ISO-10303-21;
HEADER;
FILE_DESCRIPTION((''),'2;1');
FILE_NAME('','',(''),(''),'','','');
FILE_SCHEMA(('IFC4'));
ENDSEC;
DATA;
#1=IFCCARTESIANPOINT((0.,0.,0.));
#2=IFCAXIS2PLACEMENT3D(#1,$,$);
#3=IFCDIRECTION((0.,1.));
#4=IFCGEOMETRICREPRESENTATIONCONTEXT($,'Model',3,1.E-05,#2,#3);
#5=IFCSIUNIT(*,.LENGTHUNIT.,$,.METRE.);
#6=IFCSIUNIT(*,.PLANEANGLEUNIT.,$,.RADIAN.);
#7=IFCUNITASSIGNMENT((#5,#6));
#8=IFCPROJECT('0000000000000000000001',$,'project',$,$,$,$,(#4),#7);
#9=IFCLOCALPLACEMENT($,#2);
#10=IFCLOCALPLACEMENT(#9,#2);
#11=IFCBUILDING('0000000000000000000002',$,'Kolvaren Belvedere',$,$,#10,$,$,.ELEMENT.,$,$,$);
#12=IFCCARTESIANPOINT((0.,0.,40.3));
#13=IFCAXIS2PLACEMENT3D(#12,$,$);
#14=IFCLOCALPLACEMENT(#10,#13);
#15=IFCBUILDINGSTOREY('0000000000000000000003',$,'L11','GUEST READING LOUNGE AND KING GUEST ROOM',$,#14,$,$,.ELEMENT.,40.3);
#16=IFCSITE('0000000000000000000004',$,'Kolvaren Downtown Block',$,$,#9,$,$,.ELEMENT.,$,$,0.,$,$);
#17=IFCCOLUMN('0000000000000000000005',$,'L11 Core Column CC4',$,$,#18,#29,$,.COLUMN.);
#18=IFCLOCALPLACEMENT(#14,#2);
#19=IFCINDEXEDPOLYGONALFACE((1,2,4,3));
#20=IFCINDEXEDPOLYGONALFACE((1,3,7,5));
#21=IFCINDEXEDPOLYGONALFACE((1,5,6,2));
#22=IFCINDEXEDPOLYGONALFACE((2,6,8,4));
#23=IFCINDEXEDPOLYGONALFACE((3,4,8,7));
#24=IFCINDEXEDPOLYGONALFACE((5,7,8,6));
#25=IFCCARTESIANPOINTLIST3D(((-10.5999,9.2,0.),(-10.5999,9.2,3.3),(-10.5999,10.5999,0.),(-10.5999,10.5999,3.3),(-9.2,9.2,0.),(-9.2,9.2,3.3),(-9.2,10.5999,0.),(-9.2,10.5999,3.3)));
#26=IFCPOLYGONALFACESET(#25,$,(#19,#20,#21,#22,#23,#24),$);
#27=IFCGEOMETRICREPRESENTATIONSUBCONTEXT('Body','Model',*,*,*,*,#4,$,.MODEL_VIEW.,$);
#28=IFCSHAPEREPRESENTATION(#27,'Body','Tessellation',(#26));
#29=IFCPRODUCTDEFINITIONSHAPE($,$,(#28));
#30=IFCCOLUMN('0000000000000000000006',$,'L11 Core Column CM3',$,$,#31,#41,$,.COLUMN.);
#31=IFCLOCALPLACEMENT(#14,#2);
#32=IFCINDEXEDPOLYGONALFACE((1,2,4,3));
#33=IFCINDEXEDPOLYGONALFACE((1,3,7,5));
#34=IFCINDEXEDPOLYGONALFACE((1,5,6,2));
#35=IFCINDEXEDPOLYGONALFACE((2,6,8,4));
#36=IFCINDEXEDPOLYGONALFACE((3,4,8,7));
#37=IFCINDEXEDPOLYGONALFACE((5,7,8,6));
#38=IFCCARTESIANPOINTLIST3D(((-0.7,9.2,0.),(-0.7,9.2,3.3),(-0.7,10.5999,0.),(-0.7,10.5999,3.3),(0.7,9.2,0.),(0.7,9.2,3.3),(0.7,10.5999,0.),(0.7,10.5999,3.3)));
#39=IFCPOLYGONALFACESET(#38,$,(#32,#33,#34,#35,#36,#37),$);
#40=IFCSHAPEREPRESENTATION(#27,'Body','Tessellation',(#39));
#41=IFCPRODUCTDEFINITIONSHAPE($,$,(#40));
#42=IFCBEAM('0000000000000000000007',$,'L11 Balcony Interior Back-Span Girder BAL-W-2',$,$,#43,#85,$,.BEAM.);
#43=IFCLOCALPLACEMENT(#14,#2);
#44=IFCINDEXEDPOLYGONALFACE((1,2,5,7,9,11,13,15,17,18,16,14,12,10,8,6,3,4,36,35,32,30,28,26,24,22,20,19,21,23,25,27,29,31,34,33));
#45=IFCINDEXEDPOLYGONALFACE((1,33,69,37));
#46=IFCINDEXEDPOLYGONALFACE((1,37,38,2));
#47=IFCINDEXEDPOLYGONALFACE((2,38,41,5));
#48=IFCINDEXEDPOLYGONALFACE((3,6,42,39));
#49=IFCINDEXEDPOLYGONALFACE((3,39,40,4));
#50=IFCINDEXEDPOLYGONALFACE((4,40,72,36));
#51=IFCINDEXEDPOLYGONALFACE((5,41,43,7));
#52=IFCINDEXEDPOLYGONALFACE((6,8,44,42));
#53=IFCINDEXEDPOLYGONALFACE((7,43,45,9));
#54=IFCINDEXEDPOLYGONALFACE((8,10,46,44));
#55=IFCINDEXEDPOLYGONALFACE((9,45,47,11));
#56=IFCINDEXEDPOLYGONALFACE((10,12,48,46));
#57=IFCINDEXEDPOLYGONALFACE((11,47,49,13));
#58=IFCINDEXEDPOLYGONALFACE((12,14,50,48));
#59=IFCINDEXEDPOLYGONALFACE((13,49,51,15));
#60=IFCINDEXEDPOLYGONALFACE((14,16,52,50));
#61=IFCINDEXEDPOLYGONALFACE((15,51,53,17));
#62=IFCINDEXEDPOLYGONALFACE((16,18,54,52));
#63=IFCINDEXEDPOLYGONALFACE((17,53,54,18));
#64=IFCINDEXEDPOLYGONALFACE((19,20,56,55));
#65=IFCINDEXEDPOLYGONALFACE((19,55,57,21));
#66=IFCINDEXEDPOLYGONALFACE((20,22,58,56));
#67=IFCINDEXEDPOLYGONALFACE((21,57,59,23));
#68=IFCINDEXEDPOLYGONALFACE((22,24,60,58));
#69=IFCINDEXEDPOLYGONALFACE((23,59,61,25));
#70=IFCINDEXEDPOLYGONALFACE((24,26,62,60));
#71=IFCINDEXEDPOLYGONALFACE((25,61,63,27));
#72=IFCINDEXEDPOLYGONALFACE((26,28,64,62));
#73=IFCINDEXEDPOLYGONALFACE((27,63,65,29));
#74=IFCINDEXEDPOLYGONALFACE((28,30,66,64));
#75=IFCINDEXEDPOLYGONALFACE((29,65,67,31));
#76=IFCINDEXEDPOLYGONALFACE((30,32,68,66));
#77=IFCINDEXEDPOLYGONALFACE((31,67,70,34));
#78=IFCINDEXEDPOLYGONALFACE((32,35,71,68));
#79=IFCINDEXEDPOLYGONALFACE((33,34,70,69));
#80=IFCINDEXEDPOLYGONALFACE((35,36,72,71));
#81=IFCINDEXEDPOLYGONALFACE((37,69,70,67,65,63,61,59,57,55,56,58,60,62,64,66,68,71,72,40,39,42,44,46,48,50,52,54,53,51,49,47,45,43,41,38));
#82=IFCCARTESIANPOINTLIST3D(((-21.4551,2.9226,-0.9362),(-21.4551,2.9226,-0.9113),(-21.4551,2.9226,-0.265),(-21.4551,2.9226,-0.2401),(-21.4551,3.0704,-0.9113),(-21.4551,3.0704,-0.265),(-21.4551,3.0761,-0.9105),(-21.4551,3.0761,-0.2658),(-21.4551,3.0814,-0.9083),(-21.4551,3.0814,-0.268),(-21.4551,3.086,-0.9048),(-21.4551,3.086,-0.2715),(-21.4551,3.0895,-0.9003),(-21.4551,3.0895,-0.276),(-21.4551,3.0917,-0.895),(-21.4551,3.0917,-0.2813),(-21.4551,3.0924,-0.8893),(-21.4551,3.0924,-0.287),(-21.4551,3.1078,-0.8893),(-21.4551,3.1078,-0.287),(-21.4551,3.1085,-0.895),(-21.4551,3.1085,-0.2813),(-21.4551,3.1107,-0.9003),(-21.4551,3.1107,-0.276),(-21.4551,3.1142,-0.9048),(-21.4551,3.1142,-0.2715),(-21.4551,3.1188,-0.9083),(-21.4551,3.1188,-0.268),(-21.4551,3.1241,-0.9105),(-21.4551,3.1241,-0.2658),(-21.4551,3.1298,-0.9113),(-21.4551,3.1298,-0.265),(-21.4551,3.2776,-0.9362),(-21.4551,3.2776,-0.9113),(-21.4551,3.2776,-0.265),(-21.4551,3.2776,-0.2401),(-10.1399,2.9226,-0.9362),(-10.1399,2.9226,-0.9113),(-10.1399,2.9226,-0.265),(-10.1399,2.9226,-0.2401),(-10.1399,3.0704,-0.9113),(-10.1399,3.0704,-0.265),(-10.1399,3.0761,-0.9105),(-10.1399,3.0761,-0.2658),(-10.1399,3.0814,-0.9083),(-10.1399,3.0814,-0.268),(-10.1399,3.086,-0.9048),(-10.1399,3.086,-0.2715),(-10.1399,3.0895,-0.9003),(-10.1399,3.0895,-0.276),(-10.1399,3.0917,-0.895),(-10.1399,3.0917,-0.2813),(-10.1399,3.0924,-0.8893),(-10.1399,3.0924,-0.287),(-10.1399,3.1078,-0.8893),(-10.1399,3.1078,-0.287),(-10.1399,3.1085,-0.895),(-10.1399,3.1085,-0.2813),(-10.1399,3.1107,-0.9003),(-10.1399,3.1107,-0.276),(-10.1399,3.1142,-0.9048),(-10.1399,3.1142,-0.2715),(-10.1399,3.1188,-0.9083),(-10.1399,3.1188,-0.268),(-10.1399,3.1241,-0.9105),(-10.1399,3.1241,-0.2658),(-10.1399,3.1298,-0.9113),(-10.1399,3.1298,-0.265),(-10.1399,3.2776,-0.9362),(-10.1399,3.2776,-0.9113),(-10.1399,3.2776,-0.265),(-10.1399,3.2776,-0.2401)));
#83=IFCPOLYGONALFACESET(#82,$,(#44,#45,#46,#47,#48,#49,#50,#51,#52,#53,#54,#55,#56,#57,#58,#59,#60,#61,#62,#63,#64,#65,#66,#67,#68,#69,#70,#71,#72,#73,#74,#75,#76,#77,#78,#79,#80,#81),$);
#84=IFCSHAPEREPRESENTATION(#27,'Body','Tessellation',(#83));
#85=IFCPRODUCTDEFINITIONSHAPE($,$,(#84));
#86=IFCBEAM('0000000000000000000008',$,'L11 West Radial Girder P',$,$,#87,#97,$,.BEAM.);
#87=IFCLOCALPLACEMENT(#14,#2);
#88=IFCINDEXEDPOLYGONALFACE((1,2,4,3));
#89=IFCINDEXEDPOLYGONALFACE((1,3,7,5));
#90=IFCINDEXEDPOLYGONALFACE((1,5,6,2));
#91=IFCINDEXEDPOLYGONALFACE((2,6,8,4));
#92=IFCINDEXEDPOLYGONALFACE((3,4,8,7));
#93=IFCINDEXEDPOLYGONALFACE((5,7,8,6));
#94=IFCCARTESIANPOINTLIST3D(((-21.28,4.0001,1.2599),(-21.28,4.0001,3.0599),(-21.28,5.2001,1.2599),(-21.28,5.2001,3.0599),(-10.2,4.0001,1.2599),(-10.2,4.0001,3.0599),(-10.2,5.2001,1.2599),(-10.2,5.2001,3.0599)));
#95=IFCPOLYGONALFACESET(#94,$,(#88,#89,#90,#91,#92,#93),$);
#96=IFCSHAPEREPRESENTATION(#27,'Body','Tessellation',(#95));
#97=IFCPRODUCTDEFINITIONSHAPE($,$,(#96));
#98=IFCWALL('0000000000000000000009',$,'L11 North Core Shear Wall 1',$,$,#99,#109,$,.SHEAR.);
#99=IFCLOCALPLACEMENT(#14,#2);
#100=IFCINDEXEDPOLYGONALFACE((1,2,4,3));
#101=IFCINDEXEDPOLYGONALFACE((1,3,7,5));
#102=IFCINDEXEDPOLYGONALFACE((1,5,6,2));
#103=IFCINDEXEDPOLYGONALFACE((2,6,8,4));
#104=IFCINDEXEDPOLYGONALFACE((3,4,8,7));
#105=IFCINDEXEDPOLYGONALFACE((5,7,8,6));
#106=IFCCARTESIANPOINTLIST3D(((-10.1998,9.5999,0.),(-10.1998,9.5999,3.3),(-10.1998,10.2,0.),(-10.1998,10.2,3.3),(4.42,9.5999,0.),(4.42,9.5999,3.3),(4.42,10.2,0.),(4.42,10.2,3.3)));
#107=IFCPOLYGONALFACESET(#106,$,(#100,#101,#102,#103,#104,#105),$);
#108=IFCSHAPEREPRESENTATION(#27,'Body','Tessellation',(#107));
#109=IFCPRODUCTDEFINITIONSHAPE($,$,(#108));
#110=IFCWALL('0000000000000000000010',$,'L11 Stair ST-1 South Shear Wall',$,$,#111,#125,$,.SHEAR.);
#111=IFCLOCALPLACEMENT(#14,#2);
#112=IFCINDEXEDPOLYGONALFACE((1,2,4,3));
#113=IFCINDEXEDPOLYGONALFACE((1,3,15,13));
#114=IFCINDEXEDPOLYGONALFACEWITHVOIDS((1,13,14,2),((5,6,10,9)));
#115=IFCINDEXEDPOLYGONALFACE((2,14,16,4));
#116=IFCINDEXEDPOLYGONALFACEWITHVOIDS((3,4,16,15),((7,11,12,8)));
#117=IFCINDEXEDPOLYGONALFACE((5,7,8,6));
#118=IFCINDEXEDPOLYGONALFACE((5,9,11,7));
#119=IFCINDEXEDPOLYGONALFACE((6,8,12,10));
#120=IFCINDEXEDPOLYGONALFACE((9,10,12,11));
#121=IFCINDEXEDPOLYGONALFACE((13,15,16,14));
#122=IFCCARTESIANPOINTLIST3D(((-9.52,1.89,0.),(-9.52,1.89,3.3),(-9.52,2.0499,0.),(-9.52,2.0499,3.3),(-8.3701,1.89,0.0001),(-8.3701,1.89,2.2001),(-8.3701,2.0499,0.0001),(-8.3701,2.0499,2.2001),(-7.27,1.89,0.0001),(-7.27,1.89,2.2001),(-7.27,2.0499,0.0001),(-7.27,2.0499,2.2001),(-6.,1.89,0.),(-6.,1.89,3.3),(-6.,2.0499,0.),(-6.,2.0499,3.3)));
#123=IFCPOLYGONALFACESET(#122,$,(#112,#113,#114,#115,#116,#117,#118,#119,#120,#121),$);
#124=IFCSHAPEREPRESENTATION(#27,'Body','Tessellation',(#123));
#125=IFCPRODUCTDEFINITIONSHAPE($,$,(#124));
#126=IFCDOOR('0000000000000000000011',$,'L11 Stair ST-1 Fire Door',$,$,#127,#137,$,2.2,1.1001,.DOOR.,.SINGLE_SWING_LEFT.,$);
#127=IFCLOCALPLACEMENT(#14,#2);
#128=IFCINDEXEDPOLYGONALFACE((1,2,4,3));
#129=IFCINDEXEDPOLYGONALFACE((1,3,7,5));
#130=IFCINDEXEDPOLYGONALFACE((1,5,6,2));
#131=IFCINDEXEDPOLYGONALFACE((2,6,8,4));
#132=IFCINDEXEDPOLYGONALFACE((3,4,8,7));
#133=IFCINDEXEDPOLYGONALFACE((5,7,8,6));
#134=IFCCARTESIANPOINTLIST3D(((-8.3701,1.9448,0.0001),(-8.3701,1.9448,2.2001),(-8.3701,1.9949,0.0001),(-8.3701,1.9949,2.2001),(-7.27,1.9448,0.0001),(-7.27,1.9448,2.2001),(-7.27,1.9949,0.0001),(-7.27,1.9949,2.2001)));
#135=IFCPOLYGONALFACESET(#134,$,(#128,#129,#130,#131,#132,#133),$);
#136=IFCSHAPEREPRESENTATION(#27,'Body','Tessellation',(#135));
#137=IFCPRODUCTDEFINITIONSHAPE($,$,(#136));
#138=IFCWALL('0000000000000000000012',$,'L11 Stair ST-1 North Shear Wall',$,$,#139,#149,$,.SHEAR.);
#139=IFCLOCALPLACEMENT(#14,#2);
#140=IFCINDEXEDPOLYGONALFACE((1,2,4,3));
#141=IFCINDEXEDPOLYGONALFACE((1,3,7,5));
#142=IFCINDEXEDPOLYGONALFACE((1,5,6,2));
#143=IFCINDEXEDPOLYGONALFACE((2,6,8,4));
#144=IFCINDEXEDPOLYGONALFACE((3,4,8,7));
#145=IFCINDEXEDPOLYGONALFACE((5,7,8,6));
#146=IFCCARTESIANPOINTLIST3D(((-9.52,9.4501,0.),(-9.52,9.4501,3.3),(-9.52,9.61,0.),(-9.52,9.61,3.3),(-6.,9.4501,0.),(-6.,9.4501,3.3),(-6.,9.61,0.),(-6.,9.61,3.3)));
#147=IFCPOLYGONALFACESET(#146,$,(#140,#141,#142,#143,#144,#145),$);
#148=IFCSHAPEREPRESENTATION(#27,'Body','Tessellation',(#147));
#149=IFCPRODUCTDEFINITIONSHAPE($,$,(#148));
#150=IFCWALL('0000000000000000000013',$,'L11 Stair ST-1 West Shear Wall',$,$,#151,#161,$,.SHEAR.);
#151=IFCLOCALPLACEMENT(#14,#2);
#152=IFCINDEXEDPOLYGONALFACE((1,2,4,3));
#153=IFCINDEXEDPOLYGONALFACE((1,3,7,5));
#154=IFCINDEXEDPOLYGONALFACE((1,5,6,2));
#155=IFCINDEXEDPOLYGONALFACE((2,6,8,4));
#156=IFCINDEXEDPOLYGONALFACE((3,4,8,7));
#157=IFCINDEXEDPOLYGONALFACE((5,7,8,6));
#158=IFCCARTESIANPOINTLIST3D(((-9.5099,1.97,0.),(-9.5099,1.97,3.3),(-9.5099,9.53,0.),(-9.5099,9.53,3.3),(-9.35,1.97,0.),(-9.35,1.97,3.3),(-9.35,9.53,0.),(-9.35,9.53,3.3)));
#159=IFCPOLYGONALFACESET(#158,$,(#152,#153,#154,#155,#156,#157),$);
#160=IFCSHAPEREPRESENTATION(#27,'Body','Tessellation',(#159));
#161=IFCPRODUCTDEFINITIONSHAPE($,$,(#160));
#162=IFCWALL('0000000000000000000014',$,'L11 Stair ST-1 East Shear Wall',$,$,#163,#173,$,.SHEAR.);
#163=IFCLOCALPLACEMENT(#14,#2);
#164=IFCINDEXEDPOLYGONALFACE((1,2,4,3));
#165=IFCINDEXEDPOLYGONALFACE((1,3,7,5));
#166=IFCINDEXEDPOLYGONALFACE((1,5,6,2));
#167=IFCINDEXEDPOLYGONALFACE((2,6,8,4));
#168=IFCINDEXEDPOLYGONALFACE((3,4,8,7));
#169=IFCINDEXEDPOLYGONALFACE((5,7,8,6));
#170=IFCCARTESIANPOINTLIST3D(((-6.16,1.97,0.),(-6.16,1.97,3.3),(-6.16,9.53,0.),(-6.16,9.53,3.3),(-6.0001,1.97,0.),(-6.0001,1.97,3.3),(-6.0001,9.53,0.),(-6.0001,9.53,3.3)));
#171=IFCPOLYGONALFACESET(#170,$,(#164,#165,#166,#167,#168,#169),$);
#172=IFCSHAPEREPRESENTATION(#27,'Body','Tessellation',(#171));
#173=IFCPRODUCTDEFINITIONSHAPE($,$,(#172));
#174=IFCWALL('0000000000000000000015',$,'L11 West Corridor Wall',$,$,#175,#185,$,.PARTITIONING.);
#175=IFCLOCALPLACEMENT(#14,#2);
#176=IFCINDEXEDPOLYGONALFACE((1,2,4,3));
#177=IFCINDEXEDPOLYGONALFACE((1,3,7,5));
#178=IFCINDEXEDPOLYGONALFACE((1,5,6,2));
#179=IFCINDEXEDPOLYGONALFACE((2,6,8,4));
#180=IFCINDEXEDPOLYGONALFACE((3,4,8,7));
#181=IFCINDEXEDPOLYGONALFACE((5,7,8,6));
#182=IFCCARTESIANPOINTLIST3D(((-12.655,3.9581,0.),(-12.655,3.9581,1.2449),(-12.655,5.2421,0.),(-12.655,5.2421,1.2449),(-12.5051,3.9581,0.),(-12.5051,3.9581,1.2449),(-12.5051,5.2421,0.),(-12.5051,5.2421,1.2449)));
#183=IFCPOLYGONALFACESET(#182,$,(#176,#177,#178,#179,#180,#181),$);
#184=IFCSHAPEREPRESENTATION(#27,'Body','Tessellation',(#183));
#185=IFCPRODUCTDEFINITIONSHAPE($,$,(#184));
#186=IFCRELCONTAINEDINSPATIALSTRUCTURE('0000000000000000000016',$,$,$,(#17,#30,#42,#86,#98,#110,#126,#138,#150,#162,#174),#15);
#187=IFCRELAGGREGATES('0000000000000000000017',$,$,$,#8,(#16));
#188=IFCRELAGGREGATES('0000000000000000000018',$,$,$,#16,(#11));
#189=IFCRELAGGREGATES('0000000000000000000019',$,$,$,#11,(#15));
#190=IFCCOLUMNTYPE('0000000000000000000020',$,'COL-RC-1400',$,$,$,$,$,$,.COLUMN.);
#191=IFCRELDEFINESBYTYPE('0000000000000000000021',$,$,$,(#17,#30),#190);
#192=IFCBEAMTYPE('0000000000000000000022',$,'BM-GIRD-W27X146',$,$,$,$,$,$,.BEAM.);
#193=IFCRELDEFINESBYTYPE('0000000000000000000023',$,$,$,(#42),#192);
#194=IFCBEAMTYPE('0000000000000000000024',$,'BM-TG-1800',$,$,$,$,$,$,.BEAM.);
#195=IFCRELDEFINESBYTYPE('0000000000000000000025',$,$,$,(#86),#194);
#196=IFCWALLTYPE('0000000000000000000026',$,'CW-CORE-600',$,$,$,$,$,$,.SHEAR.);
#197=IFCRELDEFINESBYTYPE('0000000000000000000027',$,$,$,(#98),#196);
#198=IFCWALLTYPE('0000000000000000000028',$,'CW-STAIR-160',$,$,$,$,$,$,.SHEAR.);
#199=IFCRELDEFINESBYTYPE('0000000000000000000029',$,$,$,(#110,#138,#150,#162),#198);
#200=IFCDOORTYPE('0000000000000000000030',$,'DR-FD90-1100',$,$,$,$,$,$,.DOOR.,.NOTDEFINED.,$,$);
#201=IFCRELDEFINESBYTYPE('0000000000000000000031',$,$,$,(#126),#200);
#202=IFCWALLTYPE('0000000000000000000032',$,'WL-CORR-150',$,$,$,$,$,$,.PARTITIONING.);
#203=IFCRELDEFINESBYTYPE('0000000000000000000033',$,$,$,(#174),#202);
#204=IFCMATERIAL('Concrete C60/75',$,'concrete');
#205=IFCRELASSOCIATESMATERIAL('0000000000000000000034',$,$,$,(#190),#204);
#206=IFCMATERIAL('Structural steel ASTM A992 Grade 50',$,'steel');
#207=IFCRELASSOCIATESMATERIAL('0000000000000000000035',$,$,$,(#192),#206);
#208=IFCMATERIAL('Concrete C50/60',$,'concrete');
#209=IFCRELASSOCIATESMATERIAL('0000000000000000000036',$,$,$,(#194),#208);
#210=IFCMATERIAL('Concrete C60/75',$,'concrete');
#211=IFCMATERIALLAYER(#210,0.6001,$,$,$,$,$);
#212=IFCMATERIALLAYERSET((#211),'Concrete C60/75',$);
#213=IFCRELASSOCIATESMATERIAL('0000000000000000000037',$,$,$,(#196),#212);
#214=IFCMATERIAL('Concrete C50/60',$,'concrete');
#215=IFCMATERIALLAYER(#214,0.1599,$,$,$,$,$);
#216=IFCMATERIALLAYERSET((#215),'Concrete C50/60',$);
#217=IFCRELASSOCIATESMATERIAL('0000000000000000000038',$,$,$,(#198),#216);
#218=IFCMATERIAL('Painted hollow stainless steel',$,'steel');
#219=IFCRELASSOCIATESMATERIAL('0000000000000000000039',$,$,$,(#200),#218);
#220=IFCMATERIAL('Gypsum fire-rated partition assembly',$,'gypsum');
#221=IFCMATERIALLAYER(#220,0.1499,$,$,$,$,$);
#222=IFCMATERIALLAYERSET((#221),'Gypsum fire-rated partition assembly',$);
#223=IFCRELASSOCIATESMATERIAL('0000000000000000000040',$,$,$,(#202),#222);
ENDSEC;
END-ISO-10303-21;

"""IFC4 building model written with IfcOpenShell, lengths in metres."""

from ifc_helpers import new_model, si_unit, direction, frame, frame_2d, origin, origin_2d, place, context, subcontext, project, spatial, rectangle, i_section, extrude, material, layer, layer_set, material_profile, profile_set, type_object, element, fill, save


model = new_model("IFC4")

# Units and contexts
model_context = context("Model", 3, precision=1e-05, world=origin(), true_north=direction((0.0, 1.0)))
body_context = subcontext(model_context, "Body", "Model", "MODEL_VIEW")
ifc_project = project(units=[si_unit("LENGTHUNIT", "METRE"), si_unit("PLANEANGLEUNIT", "RADIAN")], contexts=[model_context])

# Site, building, storey
site_placement = place(None, origin())
site = spatial("IfcSite", under=ifc_project, at=site_placement, Name="Kolvaren Downtown Block", CompositionType="ELEMENT", RefElevation=0.0)
building_placement = place(site_placement, origin())
building = spatial("IfcBuilding", under=site, at=building_placement, Name="Kolvaren Belvedere", CompositionType="ELEMENT")
storey_placement = place(building_placement, frame((0.0, 0.0, 40.3)))
storey = spatial("IfcBuildingStorey", under=building, at=storey_placement, Name="L11", Description="GUEST READING LOUNGE AND KING GUEST ROOM", CompositionType="ELEMENT", Elevation=40.3)

# Columns
ifc_material_1 = material(Name="Concrete C60/75", Category="concrete")
ifc_material_profile_1 = material_profile(ifc_material_1, rectangle(XDim=1.3999, YDim=1.3999, at=origin_2d()), Name="RC 1400X1400")
ifc_profile_set_1 = profile_set([ifc_material_profile_1], Name="Concrete C60/75")
column_type = type_object("IfcColumnType", Name="COL-RC-1400", PredefinedType="COLUMN", material=ifc_profile_set_1)
for number, where, z_axis, x_axis, name in (
    (1, (-9.8999, 9.8999, 0.0), (0.0, 0.0, 1.0), (1.0, 0.0, 0.0), "L11 Core Column CC4"),
    (2, (0.0, 9.8999, 0.0), (0.0, 0.0, 1.0), (1.0, 0.0, 0.0), "L11 Core Column CM3"),
):
    element("IfcColumn", number, at=place(storey_placement, frame(where, z_axis=z_axis, x_axis=x_axis)), inside=storey, type_object=column_type, Name=name, PredefinedType="COLUMN", context=body_context, shape_type="SweptSolid", body=[
        extrude(rectangle(XDim=1.3999, YDim=1.3999, at=origin_2d()), origin(), (0.0, 0.0, 1.0), 3.3),
    ])

# Beams
ifc_material_2 = material(Name="Structural steel ASTM A992 Grade 50", Category="steel")
ifc_material_profile_2 = material_profile(ifc_material_2, i_section(OverallWidth=0.355, OverallDepth=0.696, WebThickness=0.0154, FlangeThickness=0.0249, FilletRadius=0.022, at=origin_2d()), Name="W27X146")
ifc_profile_set_2 = profile_set([ifc_material_profile_2], Name="Structural steel ASTM A992 Grade 50")
beam_type_1 = type_object("IfcBeamType", Name="BM-GIRD-W27X146", PredefinedType="BEAM", material=ifc_profile_set_2)
beam_1_placement = place(storey_placement, frame((-10.1399, 3.1001, -0.5881), z_axis=(-1.0, 0.0, 0.0), x_axis=(0.0, -1.0, 0.0)))
element("IfcBeam", 3, at=beam_1_placement, inside=storey, type_object=beam_type_1, Name="L11 Balcony Interior Back-Span Girder BAL-W-2", PredefinedType="BEAM", context=body_context, shape_type="SweptSolid", body=[
    extrude(i_section(OverallWidth=0.355, OverallDepth=0.696, WebThickness=0.0154, FlangeThickness=0.0249, FilletRadius=0.022, at=origin_2d()), origin(), (0.0, 0.0, 1.0), 11.3152),
])
ifc_material_3 = material(Name="Concrete C50/60", Category="concrete")
ifc_material_profile_3 = material_profile(ifc_material_3, rectangle(XDim=1.2, YDim=1.8, at=origin_2d()), Name="RC 1200X1800")
ifc_profile_set_3 = profile_set([ifc_material_profile_3], Name="Concrete C50/60")
beam_type_2 = type_object("IfcBeamType", Name="BM-TG-1800", PredefinedType="BEAM", material=ifc_profile_set_3)
beam_2_placement = place(storey_placement, frame((-10.2, 4.6001, 2.1599), z_axis=(-1.0, 0.0, 0.0), x_axis=(0.0, -1.0, 0.0)))
element("IfcBeam", 4, at=beam_2_placement, inside=storey, type_object=beam_type_2, Name="L11 West Radial Girder P", PredefinedType="BEAM", context=body_context, shape_type="SweptSolid", body=[
    extrude(rectangle(XDim=1.2, YDim=1.8, at=origin_2d()), origin(), (0.0, 0.0, 1.0), 11.0801),
])

# Wall
ifc_material_4 = material(Name="Concrete C60/75", Category="concrete")
ifc_layer_1 = layer(ifc_material_4, 0.6001)
ifc_layer_set_1 = layer_set([ifc_layer_1], Name="Concrete C60/75")
wall_type_1 = type_object("IfcWallType", Name="CW-CORE-600", PredefinedType="SHEAR", material=ifc_layer_set_1)
wall_1_placement = place(storey_placement, frame((-10.2, 9.8999, 0.0), z_axis=(0.0, 0.0, 1.0), x_axis=(1.0, 0.0, 0.0)))
element("IfcWall", 5, at=wall_1_placement, inside=storey, type_object=wall_type_1, Name="L11 North Core Shear Wall 1", PredefinedType="SHEAR", context=body_context, shape_type="SweptSolid", body=[
    extrude(rectangle(XDim=14.6199, YDim=0.6001, at=frame_2d((7.3101, 0.0))), origin(), (0.0, 0.0, 1.0), 3.3),
])

# Wall, opening, door
ifc_material_5 = material(Name="Concrete C50/60", Category="concrete")
ifc_layer_2 = layer(ifc_material_5, 0.1599)
ifc_layer_set_2 = layer_set([ifc_layer_2], Name="Concrete C50/60")
wall_type_2 = type_object("IfcWallType", Name="CW-STAIR-160", PredefinedType="SHEAR", material=ifc_layer_set_2)
wall_2_placement = place(storey_placement, frame((-9.52, 1.97, 0.0), z_axis=(0.0, 0.0, 1.0), x_axis=(1.0, 0.0, 0.0)))
wall_2 = element("IfcWall", 6, at=wall_2_placement, inside=storey, type_object=wall_type_2, Name="L11 Stair ST-1 South Shear Wall", PredefinedType="SHEAR", context=body_context, shape_type="SweptSolid", body=[
    extrude(rectangle(XDim=3.52, YDim=0.1599, at=frame_2d((1.76, 0.0))), origin(), (0.0, 0.0, 1.0), 3.3),
])
opening_1_placement = place(wall_2_placement, frame((1.1499, 0.0, 0.0)))
opening_1 = element("IfcOpeningElement", 7, at=opening_1_placement, cuts=wall_2, PredefinedType="OPENING", context=body_context, shape_type="SweptSolid", body=[
    extrude(rectangle(XDim=1.1001, YDim=2.2, at=frame_2d((0.55, 1.1001))), frame((0.0, 0.0898, 0.0), z_axis=(0.0, -1.0, 0.0), x_axis=(1.0, 0.0, 0.0)), (0.0, 0.0, 1.0), 0.1799),
])
ifc_material_6 = material(Name="Painted hollow stainless steel", Category="steel")
door_type_1 = type_object("IfcDoorType", Name="DR-FD90-1100", OperationType="NOTDEFINED", PredefinedType="DOOR", material=ifc_material_6)
door_1_placement = place(opening_1_placement, origin())
door_1 = element("IfcDoor", 8, at=door_1_placement, inside=storey, type_object=door_type_1, Name="L11 Stair ST-1 Fire Door", OperationType="SINGLE_SWING_LEFT", OverallHeight=2.2, OverallWidth=1.1001, PredefinedType="DOOR", context=body_context, shape_type="SweptSolid", body=[
    extrude(rectangle(XDim=1.1001, YDim=2.2, at=frame_2d((0.55, 1.1001))), frame((0.0, 0.0249, 0.0), z_axis=(0.0, -1.0, 0.0), x_axis=(1.0, 0.0, 0.0)), (0.0, 0.0, 1.0), 0.05),
])
fill(opening_1, door_1)

# Walls
wall_3_placement = place(storey_placement, frame((-9.52, 9.53, 0.0), z_axis=(0.0, 0.0, 1.0), x_axis=(1.0, 0.0, 0.0)))
element("IfcWall", 9, at=wall_3_placement, inside=storey, type_object=wall_type_2, Name="L11 Stair ST-1 North Shear Wall", PredefinedType="SHEAR", context=body_context, shape_type="SweptSolid", body=[
    extrude(rectangle(XDim=3.52, YDim=0.1599, at=frame_2d((1.76, 0.0))), origin(), (0.0, 0.0, 1.0), 3.3),
])
for number, where, z_axis, x_axis, name in (
    (10, (-9.4299, 1.97, 0.0), (0.0, 0.0, 1.0), (0.0, 1.0, 0.0), "L11 Stair ST-1 West Shear Wall"),
    (11, (-6.0801, 1.97, 0.0), (0.0, 0.0, 1.0), (0.0, 1.0, 0.0), "L11 Stair ST-1 East Shear Wall"),
):
    element("IfcWall", number, at=place(storey_placement, frame(where, z_axis=z_axis, x_axis=x_axis)), inside=storey, type_object=wall_type_2, Name=name, PredefinedType="SHEAR", context=body_context, shape_type="SweptSolid", body=[
        extrude(rectangle(XDim=7.5601, YDim=0.1599, at=frame_2d((3.78, 0.0))), origin(), (0.0, 0.0, 1.0), 3.3),
    ])
ifc_material_7 = material(Name="Gypsum fire-rated partition assembly", Category="gypsum")
ifc_layer_3 = layer(ifc_material_7, 0.1499)
ifc_layer_set_3 = layer_set([ifc_layer_3], Name="Gypsum fire-rated partition assembly")
wall_type_3 = type_object("IfcWallType", Name="WL-CORR-150", PredefinedType="PARTITIONING", material=ifc_layer_set_3)
wall_4_placement = place(storey_placement, frame((-12.5801, 3.958, 0.0), z_axis=(0.0, 0.0, 1.0), x_axis=(0.0, 1.0, 0.0)))
element("IfcWall", 12, at=wall_4_placement, inside=storey, type_object=wall_type_3, Name="L11 West Corridor Wall", PredefinedType="PARTITIONING", context=body_context, shape_type="SweptSolid", body=[
    extrude(rectangle(XDim=1.2839, YDim=0.1499, at=frame_2d((0.6421, 0.0))), origin(), (0.0, 0.0, 1.0), 1.2449),
])

save(model, "model.ifc")
